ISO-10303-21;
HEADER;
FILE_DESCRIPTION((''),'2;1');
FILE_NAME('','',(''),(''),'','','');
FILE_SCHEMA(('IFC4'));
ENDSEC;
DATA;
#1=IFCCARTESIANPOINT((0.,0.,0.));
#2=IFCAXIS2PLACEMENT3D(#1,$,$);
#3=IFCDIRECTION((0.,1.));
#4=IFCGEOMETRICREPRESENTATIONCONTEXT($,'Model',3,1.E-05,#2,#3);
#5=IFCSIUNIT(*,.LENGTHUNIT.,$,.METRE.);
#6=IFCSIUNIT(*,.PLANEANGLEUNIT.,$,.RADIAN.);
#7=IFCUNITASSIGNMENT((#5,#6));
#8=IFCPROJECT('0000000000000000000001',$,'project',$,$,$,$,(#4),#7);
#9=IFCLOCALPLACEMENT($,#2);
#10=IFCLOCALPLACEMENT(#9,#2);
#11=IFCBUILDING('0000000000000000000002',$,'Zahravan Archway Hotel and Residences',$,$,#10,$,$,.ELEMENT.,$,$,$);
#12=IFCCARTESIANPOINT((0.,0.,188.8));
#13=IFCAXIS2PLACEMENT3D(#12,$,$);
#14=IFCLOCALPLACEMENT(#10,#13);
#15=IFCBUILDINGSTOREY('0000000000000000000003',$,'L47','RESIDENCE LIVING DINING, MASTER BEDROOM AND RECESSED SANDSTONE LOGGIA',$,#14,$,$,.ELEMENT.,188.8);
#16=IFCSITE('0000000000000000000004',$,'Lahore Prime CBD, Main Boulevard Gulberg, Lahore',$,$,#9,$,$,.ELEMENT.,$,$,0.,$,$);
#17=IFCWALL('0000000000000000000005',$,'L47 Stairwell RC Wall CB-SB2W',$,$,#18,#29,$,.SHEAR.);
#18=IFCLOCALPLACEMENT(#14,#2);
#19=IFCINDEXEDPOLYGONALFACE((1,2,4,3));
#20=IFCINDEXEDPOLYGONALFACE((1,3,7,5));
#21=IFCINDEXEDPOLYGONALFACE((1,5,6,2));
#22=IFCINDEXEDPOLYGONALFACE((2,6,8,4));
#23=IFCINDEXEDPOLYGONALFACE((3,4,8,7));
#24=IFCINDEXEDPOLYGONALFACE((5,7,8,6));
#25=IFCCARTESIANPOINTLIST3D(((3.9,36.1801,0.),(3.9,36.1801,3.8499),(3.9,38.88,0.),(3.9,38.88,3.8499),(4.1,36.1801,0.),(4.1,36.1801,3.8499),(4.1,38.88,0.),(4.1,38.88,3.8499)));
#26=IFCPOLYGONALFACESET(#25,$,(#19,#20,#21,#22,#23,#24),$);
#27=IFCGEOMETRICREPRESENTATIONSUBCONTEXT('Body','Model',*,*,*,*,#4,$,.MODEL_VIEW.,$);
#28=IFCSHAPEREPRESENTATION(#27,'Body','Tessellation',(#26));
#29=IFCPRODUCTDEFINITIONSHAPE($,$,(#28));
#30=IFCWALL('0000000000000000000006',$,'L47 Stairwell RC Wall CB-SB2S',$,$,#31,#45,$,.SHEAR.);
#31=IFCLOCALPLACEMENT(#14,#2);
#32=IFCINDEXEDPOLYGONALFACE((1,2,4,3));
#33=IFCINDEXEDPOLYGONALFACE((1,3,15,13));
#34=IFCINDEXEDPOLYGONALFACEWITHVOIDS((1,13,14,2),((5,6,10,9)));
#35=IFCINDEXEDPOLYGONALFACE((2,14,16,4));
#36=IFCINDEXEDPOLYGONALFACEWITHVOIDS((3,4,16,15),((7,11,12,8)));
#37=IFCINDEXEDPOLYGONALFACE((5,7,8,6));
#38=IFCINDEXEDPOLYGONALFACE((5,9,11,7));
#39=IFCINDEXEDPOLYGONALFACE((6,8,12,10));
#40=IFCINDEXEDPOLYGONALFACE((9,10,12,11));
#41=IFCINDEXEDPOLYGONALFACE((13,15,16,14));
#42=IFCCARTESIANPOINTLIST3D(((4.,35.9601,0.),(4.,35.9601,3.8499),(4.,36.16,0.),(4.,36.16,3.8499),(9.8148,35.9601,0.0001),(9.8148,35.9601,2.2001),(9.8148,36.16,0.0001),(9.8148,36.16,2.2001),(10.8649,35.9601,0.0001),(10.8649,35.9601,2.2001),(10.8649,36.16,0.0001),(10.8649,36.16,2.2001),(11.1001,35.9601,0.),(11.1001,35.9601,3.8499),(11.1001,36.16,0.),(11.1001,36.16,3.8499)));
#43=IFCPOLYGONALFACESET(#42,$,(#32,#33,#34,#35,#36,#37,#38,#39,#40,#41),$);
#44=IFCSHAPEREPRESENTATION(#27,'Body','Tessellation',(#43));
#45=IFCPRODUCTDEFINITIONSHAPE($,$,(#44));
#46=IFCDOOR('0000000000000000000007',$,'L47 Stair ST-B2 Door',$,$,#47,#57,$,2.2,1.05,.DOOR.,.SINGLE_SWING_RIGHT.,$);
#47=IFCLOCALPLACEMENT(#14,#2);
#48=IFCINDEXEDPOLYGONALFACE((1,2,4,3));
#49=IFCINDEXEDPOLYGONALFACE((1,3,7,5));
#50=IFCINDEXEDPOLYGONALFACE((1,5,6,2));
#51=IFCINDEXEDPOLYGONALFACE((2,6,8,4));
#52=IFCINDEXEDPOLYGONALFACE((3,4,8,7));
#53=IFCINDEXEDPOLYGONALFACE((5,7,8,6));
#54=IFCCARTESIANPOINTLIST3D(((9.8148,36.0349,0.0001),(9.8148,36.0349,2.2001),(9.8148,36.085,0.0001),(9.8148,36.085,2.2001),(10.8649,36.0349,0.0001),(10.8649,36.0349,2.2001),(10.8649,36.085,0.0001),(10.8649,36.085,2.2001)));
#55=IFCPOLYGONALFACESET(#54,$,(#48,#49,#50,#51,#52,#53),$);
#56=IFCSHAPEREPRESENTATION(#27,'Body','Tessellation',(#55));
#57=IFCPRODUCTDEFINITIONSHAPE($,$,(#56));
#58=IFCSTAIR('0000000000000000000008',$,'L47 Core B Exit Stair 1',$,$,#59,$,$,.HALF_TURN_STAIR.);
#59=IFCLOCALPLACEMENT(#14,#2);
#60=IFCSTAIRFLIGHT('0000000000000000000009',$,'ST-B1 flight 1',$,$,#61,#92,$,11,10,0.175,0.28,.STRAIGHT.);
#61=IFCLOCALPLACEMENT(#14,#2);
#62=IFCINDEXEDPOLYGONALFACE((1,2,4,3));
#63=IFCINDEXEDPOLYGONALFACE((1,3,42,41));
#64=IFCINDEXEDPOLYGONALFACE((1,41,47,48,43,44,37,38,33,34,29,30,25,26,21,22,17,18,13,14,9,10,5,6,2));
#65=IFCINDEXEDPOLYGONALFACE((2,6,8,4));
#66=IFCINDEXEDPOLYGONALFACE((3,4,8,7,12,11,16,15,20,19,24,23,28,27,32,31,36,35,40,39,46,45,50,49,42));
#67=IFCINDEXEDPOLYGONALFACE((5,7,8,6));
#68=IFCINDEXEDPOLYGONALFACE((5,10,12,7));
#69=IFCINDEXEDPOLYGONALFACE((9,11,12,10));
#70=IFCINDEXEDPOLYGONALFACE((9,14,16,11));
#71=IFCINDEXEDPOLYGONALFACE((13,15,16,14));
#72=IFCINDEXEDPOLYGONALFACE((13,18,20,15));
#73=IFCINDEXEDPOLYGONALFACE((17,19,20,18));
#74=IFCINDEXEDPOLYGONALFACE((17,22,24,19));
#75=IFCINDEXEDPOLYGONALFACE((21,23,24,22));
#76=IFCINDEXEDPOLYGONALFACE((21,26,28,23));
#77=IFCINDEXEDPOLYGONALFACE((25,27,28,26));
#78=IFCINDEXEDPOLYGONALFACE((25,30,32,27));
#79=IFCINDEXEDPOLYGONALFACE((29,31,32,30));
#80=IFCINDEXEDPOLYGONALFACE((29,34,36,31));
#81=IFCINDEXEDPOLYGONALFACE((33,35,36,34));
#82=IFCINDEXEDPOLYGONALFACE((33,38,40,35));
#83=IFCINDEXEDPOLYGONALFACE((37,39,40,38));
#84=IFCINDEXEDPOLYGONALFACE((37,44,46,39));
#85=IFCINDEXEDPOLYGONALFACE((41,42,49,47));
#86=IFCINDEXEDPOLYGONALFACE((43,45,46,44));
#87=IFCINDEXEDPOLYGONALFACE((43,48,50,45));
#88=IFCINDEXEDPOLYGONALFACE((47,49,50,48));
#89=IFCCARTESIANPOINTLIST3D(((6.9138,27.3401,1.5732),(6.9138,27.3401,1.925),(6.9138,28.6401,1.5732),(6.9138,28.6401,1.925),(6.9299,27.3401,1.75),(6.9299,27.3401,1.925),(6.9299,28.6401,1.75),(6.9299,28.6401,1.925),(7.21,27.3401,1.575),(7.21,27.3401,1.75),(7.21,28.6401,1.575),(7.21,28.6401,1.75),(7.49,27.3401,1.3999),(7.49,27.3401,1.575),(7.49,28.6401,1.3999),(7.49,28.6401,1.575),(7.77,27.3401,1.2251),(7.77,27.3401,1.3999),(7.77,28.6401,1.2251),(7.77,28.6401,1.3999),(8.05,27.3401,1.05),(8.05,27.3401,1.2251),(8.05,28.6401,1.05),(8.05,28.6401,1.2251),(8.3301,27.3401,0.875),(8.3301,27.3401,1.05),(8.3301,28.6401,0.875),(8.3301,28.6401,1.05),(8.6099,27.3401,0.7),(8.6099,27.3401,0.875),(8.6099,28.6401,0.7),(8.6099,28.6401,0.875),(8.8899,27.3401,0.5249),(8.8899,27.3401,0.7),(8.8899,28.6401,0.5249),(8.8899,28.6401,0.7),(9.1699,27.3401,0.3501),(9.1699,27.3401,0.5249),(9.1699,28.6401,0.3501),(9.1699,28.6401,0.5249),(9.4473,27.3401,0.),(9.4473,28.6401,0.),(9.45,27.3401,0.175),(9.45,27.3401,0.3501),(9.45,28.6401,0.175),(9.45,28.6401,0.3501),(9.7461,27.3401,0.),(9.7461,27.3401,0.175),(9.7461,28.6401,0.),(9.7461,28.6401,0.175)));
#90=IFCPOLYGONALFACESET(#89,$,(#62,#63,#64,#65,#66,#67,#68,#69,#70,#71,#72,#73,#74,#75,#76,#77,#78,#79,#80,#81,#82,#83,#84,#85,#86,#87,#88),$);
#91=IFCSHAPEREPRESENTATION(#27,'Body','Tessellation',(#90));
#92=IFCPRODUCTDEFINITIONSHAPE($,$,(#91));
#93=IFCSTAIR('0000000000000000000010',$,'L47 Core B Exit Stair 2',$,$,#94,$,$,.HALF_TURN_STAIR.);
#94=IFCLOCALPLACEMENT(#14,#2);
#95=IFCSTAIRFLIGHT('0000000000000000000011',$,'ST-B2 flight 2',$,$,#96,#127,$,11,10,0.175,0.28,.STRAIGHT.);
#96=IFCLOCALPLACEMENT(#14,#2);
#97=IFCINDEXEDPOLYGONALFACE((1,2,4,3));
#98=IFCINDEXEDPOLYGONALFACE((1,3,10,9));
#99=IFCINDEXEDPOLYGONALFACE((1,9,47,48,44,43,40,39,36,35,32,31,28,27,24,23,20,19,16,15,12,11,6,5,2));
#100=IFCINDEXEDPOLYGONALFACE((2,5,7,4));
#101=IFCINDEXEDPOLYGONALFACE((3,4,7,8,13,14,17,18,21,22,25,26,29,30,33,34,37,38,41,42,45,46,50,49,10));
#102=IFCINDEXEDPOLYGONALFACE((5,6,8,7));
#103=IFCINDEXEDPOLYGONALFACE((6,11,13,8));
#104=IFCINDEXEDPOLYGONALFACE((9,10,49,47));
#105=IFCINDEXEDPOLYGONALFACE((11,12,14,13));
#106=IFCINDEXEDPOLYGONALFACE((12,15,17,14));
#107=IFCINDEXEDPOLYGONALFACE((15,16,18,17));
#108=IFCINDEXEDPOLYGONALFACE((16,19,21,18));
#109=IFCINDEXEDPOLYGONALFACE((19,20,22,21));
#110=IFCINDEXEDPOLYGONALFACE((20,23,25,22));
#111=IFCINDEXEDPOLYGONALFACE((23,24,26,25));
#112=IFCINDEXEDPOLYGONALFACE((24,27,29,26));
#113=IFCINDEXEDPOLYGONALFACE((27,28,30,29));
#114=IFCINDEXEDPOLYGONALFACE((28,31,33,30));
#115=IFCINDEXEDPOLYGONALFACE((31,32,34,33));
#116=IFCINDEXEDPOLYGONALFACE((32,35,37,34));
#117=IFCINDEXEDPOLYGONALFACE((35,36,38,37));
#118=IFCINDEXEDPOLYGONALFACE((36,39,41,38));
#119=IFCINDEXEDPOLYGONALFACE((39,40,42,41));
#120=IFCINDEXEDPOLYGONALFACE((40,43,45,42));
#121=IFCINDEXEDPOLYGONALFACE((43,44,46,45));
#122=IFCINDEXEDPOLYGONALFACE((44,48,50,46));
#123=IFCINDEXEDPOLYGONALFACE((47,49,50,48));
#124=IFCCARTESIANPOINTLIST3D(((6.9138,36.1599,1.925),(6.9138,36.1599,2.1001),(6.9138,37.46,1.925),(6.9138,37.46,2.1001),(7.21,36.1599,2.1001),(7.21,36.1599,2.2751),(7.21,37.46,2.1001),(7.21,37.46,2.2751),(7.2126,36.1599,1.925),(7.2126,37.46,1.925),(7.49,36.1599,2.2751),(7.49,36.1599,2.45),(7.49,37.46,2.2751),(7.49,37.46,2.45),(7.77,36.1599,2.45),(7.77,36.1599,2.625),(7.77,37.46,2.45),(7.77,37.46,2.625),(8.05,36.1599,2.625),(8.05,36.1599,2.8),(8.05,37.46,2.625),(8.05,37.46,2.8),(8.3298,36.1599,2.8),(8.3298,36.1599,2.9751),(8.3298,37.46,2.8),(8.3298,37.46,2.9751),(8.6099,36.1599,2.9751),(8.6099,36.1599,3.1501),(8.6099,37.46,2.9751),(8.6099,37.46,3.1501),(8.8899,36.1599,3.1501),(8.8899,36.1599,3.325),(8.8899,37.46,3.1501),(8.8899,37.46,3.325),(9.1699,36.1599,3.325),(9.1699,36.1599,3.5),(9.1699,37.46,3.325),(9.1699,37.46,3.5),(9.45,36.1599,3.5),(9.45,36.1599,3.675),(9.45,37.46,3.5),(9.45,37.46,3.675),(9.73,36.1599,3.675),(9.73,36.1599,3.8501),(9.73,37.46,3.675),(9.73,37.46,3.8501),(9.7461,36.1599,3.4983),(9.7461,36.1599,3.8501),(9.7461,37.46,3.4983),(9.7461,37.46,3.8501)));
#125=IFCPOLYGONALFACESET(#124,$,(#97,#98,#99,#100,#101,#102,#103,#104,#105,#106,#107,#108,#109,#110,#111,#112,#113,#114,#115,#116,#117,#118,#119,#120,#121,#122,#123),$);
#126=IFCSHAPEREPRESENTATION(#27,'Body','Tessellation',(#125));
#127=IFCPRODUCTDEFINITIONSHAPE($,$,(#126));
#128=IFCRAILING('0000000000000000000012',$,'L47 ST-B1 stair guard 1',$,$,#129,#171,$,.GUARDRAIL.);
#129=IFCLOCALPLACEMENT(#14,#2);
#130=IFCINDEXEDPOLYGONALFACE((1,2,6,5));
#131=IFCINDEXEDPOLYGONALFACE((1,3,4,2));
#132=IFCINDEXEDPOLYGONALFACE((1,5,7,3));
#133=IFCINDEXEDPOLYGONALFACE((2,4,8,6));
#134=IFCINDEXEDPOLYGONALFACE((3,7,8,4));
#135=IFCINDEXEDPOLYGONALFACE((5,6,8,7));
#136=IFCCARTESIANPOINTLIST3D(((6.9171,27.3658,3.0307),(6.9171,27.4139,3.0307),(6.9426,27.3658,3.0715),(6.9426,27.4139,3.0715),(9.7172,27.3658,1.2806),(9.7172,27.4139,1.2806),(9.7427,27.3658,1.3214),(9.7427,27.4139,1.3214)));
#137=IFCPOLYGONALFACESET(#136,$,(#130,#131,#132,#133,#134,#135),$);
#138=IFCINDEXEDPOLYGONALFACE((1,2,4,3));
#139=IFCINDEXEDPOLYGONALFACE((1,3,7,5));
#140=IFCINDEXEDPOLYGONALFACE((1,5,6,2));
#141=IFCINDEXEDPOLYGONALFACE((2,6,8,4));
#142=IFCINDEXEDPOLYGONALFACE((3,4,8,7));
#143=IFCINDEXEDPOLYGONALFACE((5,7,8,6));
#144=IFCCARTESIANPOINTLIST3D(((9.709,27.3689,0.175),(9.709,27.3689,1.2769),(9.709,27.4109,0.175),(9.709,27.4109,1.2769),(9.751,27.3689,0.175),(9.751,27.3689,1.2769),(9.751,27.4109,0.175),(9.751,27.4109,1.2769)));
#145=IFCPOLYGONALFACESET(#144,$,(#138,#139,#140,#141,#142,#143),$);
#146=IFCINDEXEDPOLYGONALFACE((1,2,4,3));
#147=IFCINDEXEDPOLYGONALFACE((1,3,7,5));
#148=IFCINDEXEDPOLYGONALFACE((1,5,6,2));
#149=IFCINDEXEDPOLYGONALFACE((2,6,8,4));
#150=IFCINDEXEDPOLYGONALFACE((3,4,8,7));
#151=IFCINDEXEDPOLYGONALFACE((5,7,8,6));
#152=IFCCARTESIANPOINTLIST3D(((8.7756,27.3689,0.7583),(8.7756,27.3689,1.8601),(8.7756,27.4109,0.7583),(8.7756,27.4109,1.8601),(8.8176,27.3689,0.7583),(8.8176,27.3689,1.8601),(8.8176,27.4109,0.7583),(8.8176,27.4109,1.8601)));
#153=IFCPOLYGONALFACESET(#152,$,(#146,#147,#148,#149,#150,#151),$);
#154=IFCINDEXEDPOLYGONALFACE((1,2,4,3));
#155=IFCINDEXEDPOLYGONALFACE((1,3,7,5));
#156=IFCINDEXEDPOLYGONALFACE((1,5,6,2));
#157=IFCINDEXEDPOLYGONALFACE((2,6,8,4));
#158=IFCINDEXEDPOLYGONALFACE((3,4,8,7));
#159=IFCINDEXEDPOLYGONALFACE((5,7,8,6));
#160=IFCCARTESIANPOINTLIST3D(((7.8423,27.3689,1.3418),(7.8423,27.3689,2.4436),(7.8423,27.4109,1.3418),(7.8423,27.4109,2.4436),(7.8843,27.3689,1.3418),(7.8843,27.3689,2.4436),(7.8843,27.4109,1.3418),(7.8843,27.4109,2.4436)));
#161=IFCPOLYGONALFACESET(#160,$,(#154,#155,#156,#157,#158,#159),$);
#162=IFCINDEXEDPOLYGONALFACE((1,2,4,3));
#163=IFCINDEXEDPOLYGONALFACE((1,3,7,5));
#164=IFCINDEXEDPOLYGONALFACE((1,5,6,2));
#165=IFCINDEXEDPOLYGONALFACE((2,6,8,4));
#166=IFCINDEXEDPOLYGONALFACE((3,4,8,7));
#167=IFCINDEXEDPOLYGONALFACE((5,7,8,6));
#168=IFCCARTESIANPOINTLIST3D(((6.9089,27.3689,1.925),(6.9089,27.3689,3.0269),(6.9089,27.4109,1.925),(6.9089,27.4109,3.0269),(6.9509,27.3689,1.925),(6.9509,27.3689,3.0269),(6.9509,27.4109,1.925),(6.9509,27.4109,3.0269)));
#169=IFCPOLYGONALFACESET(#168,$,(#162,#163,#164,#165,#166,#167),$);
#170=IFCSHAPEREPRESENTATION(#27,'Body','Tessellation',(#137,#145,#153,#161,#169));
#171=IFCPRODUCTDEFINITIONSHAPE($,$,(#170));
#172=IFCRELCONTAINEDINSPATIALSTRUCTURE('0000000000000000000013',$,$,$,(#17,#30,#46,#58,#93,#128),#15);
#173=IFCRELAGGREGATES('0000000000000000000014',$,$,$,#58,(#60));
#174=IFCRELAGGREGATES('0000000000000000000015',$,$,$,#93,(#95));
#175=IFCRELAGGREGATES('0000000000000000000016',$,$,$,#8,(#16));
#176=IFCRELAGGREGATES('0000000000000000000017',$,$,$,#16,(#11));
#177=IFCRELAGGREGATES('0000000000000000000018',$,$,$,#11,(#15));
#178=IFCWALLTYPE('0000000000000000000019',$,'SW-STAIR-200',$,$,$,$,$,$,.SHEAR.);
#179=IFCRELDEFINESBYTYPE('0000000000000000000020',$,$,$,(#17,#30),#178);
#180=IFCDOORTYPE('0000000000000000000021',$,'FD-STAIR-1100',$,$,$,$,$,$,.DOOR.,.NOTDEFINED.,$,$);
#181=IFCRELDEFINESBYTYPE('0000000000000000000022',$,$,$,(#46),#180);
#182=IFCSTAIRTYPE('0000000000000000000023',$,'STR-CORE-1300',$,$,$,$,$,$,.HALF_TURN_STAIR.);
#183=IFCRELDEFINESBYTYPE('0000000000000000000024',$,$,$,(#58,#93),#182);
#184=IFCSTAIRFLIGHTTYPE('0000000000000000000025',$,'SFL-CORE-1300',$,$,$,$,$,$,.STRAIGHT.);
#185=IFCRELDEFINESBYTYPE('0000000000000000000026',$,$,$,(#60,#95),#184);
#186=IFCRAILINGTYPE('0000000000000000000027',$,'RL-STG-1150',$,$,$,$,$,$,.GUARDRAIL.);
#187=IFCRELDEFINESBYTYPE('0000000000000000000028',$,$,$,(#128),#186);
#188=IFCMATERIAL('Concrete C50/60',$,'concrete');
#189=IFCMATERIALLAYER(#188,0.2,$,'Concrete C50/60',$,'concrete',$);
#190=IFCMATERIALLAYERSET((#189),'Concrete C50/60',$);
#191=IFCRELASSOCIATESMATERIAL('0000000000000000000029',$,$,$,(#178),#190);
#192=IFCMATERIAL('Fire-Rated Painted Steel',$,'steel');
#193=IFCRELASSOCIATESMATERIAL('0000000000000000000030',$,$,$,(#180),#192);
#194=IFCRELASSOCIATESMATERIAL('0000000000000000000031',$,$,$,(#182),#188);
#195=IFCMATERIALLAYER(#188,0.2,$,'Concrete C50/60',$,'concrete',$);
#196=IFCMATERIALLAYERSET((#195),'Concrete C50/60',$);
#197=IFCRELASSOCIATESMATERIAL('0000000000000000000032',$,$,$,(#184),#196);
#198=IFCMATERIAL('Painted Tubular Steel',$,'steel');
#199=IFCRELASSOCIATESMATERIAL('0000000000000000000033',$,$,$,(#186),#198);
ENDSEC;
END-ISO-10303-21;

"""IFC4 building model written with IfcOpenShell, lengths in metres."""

from ifc_helpers import new_model, si_unit, direction, frame, frame_2d, origin, origin_2d, place, context, subcontext, project, spatial, polyline, rectangle, outline, extrude, source, transform, mapped, material, layer, layer_set, type_object, type_shapes, element, fill, aggregate, save


model = new_model("IFC4")

# Units and contexts
model_context = context("Model", 3, precision=1e-05, world=origin(), true_north=direction((0.0, 1.0)))
body_context = subcontext(model_context, "Body", "Model", "MODEL_VIEW")
ifc_project = project(units=[si_unit("LENGTHUNIT", "METRE"), si_unit("PLANEANGLEUNIT", "RADIAN")], contexts=[model_context])

# Site, building, storey
site_placement = place(None, origin())
site = spatial("IfcSite", under=ifc_project, at=site_placement, Name="Lahore Prime CBD, Main Boulevard Gulberg, Lahore", CompositionType="ELEMENT", RefElevation=0.0)
building_placement = place(site_placement, origin())
building = spatial("IfcBuilding", under=site, at=building_placement, Name="Zahravan Archway Hotel and Residences", CompositionType="ELEMENT")
storey_placement = place(building_placement, frame((0.0, 0.0, 188.8)))
storey = spatial("IfcBuildingStorey", under=building, at=storey_placement, Name="L47", Description="RESIDENCE LIVING DINING, MASTER BEDROOM AND RECESSED SANDSTONE LOGGIA", CompositionType="ELEMENT", Elevation=188.8)

# Shared definitions
ifc_material_1 = material(Name="Fire-Rated Painted Steel", Category="steel")

# Shared definitions
ifc_material_2 = material(Name="Concrete C50/60", Category="concrete")
ifc_layer_1 = layer(ifc_material_2, 0.2, Name="Concrete C50/60", Category="concrete")
ifc_layer_set_1 = layer_set([ifc_layer_1], Name="Concrete C50/60")
wall_type_1 = type_object("IfcWallType", Name="SW-STAIR-200", PredefinedType="SHEAR", material=ifc_layer_set_1)
door_type_1 = type_object("IfcDoorType", Name="FD-STAIR-1100", OperationType="NOTDEFINED", PredefinedType="DOOR", material=ifc_material_1)
shared_shape_1 = source(origin(), body_context, "Body", "SweptSolid", [
    extrude(rectangle(XDim=1.05, YDim=2.2, at=frame_2d((0.5249, 1.1001))), frame((0.0, 0.0249, 0.0), z_axis=(0.0, -1.0, 0.0), x_axis=(1.0, 0.0, 0.0)), (0.0, 0.0, 1.0), 0.05),
])
type_shapes(door_type_1, [shared_shape_1])

# Wall
wall_1_placement = place(storey_placement, frame((4.0, 36.1799, 0.0), z_axis=(0.0, 0.0, 1.0), x_axis=(0.0, 1.0, 0.0)))
element("IfcWall", 1, at=wall_1_placement, inside=storey, type_object=wall_type_1, Name="L47 Stairwell RC Wall CB-SB2W", PredefinedType="SHEAR", context=body_context, shape_type="SweptSolid", body=[
    extrude(rectangle(XDim=2.7, YDim=0.2, at=frame_2d((1.3501, 0.0))), origin(), (0.0, 0.0, 1.0), 3.8499),
])

# Wall, opening, door
wall_2_placement = place(storey_placement, frame((4.0, 36.0601, 0.0), z_axis=(0.0, 0.0, 1.0), x_axis=(1.0, 0.0, 0.0)))
wall_2 = element("IfcWall", 2, at=wall_2_placement, inside=storey, type_object=wall_type_1, Name="L47 Stairwell RC Wall CB-SB2S", PredefinedType="SHEAR", context=body_context, shape_type="SweptSolid", body=[
    extrude(rectangle(XDim=7.1001, YDim=0.2, at=frame_2d((3.55, 0.0))), origin(), (0.0, 0.0, 1.0), 3.8499),
])
opening_1_placement = place(wall_2_placement, frame((5.8149, 0.0, 0.0)))
opening_1 = element("IfcOpeningElement", 3, at=opening_1_placement, cuts=wall_2, PredefinedType="OPENING", context=body_context, shape_type="SweptSolid", body=[
    extrude(rectangle(XDim=1.05, YDim=2.2, at=frame_2d((0.5249, 1.1001))), frame((0.0, 0.1099, 0.0), z_axis=(0.0, -1.0, 0.0), x_axis=(1.0, 0.0, 0.0)), (0.0, 0.0, 1.0), 0.22),
])
door_1_placement = place(opening_1_placement, origin())
door_1 = element("IfcDoor", 4, at=door_1_placement, inside=storey, type_object=door_type_1, Name="L47 Stair ST-B2 Door", OperationType="SINGLE_SWING_RIGHT", OverallHeight=2.2, OverallWidth=1.05, PredefinedType="DOOR", context=body_context, shape_type="MappedRepresentation", body=[
    mapped(shared_shape_1, transform((0.0, 0.0, 0.0), scale=1.0)),
])
fill(opening_1, door_1)

# Stairs, stair flights
stair_type = type_object("IfcStairType", Name="STR-CORE-1300", PredefinedType="HALF_TURN_STAIR", material=ifc_material_2)
stair_1_placement = place(storey_placement, origin())
stair_1 = element("IfcStair", 5, at=stair_1_placement, inside=storey, type_object=stair_type, Name="L47 Core B Exit Stair 1", PredefinedType="HALF_TURN_STAIR")
ifc_layer_2 = layer(ifc_material_2, 0.2, Name="Concrete C50/60", Category="concrete")
ifc_layer_set_2 = layer_set([ifc_layer_2], Name="Concrete C50/60")
stair_flight_type = type_object("IfcStairFlightType", Name="SFL-CORE-1300", PredefinedType="STRAIGHT", material=ifc_layer_set_2)
shared_shape_2 = source(origin(), body_context, "Body", "SweptSolid", [
    extrude(outline(polyline([(-0.0161, 0.0), (-0.0161, 0.175), (0.28, 0.175), (0.28, 0.3501), (0.5601, 0.3501), (0.5601, 0.5249), (0.8401, 0.5249), (0.8401, 0.7), (1.1201, 0.7), (1.1201, 0.875), (1.3999, 0.875), (1.3999, 1.05), (1.6799, 1.05), (1.6799, 1.2251), (1.96, 1.2251), (1.96, 1.3999), (2.24, 1.3999), (2.24, 1.575), (2.52, 1.575), (2.52, 1.75), (2.8, 1.75), (2.8, 1.925), (2.8162, 1.925), (2.8162, 1.5732), (0.2827, 0.0), (-0.0161, 0.0)])), frame((0.0, 0.6499, 0.0), z_axis=(0.0, -1.0, 0.0), x_axis=(1.0, 0.0, 0.0)), (0.0, 0.0, 1.0), 1.3),
])
stair_flight_1_placement = place(storey_placement, frame((9.73, 27.99, 0.0), z_axis=(0.0, 0.0, 1.0), x_axis=(-1.0, 0.0, 0.0)))
stair_flight_1 = element("IfcStairFlight", 6, at=stair_flight_1_placement, type_object=stair_flight_type, Name="ST-B1 flight 1", NumberOfRisers=11, NumberOfTreads=10, PredefinedType="STRAIGHT", RiserHeight=0.175, TreadLength=0.28, context=body_context, shape_type="MappedRepresentation", body=[
    mapped(shared_shape_2, transform((0.0, 0.0, 0.0), scale=1.0)),
])
aggregate(stair_1, [stair_flight_1])
stair_2_placement = place(storey_placement, origin())
stair_2 = element("IfcStair", 7, at=stair_2_placement, inside=storey, type_object=stair_type, Name="L47 Core B Exit Stair 2", PredefinedType="HALF_TURN_STAIR")
stair_flight_2_placement = place(storey_placement, frame((6.9299, 36.8101, 1.925), z_axis=(0.0, 0.0, 1.0), x_axis=(1.0, 0.0, 0.0)))
stair_flight_2 = element("IfcStairFlight", 8, at=stair_flight_2_placement, type_object=stair_flight_type, Name="ST-B2 flight 2", NumberOfRisers=11, NumberOfTreads=10, PredefinedType="STRAIGHT", RiserHeight=0.175, TreadLength=0.28, context=body_context, shape_type="MappedRepresentation", body=[
    mapped(shared_shape_2, transform((0.0, 0.0, 0.0), scale=1.0)),
])
aggregate(stair_2, [stair_flight_2])

# Railing
ifc_material_3 = material(Name="Painted Tubular Steel", Category="steel")
railing_type_1 = type_object("IfcRailingType", Name="RL-STG-1150", PredefinedType="GUARDRAIL", material=ifc_material_3)
railing_1_placement = place(storey_placement, frame((9.73, 27.3899, 0.175)))
element("IfcRailing", 9, at=railing_1_placement, inside=storey, type_object=railing_type_1, Name="L47 ST-B1 stair guard 1", PredefinedType="GUARDRAIL", context=body_context, shape_type="SweptSolid", body=[
    extrude(rectangle(XDim=0.0481, YDim=0.0481, at=origin_2d()), frame((0.0, 0.0, 1.126), z_axis=(-0.848002, 0.0, 0.529992), x_axis=(0.0, -1.0, 0.0)), (0.0, 0.0, 1.0), 3.302),
    extrude(rectangle(XDim=0.042, YDim=0.042, at=origin_2d()), origin(), (0.0, 0.0, 1.0), 1.1018),
    extrude(rectangle(XDim=0.042, YDim=0.042, at=origin_2d()), frame((-0.9333, 0.0, 0.5833)), (0.0, 0.0, 1.0), 1.1018),
    extrude(rectangle(XDim=0.042, YDim=0.042, at=origin_2d()), frame((-1.8667, 0.0, 1.1667)), (0.0, 0.0, 1.0), 1.1018),
    extrude(rectangle(XDim=0.042, YDim=0.042, at=origin_2d()), frame((-2.8, 0.0, 1.75)), (0.0, 0.0, 1.0), 1.1018),
])

save(model, "model.ifc")
